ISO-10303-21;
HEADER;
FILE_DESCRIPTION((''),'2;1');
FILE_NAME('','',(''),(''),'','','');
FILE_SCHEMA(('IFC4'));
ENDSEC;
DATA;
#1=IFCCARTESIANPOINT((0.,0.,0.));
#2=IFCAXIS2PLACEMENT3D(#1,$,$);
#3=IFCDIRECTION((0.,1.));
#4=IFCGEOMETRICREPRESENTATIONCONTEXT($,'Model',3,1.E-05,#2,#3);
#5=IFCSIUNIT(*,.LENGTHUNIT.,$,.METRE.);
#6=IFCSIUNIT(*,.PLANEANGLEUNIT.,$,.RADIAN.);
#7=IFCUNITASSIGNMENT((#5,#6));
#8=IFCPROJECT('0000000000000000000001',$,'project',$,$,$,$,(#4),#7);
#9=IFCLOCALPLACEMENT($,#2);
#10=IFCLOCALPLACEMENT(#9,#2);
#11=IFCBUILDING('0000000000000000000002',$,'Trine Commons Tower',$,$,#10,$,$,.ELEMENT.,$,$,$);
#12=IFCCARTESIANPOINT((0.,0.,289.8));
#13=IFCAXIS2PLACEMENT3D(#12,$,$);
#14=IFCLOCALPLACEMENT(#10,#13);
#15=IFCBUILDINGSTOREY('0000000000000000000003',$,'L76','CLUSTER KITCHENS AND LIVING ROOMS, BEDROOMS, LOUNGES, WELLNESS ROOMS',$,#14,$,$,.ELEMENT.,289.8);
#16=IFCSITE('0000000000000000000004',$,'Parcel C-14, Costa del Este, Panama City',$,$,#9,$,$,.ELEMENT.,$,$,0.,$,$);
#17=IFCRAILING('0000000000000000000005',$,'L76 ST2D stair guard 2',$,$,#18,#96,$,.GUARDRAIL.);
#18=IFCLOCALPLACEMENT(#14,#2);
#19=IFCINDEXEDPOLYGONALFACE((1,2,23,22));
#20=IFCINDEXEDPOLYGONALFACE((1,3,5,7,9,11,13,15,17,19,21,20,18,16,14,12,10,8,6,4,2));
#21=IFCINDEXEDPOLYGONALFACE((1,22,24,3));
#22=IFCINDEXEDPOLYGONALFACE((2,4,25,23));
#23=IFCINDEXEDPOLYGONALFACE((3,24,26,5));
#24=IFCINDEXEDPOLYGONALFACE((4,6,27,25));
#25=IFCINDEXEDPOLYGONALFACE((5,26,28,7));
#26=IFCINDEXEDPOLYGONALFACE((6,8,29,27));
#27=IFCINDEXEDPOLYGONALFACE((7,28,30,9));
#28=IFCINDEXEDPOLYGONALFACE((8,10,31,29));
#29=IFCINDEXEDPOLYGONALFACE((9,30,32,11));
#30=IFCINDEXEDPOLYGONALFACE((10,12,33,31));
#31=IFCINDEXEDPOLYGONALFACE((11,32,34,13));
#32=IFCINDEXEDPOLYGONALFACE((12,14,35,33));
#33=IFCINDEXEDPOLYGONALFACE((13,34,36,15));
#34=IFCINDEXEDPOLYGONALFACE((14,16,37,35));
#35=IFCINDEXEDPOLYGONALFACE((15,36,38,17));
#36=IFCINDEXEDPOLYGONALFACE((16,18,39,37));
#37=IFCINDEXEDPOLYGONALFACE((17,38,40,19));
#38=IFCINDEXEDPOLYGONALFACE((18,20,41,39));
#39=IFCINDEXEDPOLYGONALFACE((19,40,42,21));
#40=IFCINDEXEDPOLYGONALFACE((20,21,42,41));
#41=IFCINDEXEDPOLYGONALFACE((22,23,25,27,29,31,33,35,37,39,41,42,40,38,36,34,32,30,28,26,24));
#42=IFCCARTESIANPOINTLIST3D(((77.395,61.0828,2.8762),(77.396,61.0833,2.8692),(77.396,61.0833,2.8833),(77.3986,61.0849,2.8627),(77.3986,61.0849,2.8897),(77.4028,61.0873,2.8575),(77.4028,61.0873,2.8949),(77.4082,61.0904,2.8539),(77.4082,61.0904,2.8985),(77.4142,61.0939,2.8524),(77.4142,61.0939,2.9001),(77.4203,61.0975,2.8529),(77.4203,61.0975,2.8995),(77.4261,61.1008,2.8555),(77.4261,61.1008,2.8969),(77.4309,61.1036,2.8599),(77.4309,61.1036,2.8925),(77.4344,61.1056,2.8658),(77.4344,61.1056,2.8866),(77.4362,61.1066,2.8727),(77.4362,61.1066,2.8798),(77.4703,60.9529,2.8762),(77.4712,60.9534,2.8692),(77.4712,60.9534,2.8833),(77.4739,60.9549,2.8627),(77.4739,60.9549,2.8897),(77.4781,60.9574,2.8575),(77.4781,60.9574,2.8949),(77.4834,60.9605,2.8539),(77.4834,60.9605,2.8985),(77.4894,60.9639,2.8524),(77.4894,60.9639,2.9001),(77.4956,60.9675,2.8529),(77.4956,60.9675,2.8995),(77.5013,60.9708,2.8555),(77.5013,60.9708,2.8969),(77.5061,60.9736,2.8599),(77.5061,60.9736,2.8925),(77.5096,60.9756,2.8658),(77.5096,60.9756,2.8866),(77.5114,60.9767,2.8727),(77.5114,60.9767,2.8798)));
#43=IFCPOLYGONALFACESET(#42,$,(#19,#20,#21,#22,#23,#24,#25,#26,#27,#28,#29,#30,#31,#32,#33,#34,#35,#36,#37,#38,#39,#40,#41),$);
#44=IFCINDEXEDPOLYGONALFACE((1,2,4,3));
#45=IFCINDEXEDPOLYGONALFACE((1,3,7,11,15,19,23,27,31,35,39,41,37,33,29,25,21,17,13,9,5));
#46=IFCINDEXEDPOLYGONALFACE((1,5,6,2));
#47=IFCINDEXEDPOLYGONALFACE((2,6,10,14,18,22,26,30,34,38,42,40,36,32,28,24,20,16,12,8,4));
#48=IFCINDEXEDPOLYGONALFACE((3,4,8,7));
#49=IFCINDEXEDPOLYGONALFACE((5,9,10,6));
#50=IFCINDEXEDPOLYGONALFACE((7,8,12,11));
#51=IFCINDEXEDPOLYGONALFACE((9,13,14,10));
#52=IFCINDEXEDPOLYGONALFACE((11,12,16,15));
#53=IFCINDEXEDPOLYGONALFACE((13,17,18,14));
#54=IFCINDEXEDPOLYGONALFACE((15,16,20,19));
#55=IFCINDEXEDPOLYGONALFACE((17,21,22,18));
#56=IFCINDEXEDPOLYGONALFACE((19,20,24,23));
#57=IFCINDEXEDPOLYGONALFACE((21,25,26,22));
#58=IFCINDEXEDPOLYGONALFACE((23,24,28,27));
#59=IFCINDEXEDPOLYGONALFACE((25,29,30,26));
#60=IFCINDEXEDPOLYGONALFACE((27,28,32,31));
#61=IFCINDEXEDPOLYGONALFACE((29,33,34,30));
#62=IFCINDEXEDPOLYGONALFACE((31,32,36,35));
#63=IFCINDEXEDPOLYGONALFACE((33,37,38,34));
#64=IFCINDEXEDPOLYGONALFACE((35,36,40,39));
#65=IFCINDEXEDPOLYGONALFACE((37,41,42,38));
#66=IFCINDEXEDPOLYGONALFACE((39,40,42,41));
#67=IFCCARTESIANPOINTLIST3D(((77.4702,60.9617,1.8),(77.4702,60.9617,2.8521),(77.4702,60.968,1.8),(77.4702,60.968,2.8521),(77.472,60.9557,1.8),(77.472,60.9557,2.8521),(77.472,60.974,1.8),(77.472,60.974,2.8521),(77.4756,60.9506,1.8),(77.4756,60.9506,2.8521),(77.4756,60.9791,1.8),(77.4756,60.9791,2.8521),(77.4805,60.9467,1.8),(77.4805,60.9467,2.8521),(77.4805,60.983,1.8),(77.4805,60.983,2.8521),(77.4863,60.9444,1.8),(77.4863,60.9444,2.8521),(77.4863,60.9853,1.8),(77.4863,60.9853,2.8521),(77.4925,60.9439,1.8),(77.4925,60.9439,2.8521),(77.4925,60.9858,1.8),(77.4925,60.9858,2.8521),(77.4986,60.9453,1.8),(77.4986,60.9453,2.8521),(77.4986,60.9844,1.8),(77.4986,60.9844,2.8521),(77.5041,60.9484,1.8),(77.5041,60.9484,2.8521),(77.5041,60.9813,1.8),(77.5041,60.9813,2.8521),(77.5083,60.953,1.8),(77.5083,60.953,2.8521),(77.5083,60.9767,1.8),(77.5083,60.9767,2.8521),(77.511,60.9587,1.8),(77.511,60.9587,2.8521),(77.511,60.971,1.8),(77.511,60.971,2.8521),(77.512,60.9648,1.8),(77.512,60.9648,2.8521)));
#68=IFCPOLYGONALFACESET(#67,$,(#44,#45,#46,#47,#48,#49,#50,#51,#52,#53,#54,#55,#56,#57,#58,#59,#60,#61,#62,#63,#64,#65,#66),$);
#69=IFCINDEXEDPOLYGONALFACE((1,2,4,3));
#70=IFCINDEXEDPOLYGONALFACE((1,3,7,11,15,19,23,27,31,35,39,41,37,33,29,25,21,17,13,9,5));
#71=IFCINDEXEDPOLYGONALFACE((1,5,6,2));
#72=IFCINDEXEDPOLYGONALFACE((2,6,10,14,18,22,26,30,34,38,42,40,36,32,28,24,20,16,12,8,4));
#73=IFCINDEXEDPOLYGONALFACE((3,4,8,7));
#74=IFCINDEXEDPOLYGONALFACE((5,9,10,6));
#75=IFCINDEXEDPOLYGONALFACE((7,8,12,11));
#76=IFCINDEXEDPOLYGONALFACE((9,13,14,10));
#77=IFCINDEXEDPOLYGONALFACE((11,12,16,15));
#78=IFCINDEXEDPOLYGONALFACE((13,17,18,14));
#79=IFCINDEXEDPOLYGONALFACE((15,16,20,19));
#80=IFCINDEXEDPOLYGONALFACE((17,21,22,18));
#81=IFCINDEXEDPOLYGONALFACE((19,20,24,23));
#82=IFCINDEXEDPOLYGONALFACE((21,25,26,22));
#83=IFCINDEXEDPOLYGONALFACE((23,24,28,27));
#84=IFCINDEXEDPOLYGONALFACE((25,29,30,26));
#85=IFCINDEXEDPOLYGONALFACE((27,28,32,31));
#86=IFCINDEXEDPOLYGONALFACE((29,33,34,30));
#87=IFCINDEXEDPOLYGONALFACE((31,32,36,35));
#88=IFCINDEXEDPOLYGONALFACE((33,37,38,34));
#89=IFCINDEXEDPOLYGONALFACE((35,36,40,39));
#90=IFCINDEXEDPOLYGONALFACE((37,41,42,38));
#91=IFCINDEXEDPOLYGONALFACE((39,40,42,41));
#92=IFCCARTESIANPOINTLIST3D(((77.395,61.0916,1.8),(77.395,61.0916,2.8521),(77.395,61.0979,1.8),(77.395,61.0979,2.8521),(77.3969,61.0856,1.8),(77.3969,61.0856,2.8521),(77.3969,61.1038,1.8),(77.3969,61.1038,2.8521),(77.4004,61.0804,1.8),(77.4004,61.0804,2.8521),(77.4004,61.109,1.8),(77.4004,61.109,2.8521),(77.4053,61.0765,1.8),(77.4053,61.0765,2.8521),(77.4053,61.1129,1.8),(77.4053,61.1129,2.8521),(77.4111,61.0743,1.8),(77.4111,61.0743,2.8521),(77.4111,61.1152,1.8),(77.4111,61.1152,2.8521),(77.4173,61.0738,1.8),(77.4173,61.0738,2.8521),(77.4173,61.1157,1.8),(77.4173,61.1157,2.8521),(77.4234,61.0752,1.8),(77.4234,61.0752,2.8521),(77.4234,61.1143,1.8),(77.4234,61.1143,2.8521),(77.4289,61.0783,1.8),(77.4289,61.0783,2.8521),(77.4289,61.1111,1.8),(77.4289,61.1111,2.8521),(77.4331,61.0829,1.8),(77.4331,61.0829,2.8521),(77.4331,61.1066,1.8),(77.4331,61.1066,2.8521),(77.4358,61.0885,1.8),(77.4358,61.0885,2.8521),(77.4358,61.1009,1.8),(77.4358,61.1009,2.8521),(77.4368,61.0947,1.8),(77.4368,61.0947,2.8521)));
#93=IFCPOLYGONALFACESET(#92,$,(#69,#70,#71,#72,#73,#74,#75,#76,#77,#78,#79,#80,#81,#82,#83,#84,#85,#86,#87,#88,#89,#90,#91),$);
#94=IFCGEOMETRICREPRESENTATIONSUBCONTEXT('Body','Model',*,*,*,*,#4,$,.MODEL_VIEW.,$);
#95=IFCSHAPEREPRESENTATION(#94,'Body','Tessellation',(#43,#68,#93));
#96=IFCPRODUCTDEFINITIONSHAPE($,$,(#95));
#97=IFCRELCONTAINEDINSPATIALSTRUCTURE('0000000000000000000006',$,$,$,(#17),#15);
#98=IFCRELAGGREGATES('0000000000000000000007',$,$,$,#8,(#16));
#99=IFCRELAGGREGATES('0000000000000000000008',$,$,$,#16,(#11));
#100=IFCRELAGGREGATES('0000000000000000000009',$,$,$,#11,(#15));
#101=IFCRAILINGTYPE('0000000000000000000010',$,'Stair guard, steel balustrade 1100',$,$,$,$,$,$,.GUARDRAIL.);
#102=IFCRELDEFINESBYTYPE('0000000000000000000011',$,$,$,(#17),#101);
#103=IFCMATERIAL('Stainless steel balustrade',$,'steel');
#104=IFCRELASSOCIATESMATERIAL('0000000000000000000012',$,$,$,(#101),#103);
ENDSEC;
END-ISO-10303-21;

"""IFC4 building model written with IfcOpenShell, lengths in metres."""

from ifc_helpers import new_model, si_unit, direction, frame, origin, origin_2d, place, context, subcontext, project, spatial, circle, extrude, material, type_object, element, save


model = new_model("IFC4")

# Units and contexts
model_context = context("Model", 3, precision=1e-05, world=origin(), true_north=direction((0.0, 1.0)))
body_context = subcontext(model_context, "Body", "Model", "MODEL_VIEW")
ifc_project = project(units=[si_unit("LENGTHUNIT", "METRE"), si_unit("PLANEANGLEUNIT", "RADIAN")], contexts=[model_context])

# Site, building, storey
site_placement = place(None, origin())
site = spatial("IfcSite", under=ifc_project, at=site_placement, Name="Parcel C-14, Costa del Este, Panama City", CompositionType="ELEMENT", RefElevation=0.0)
building_placement = place(site_placement, origin())
building = spatial("IfcBuilding", under=site, at=building_placement, Name="Trine Commons Tower", CompositionType="ELEMENT")
storey_placement = place(building_placement, frame((0.0, 0.0, 289.8)))
storey = spatial("IfcBuildingStorey", under=building, at=storey_placement, Name="L76", Description="CLUSTER KITCHENS AND LIVING ROOMS, BEDROOMS, LOUNGES, WELLNESS ROOMS", CompositionType="ELEMENT", Elevation=289.8)

# Railing
ifc_material_1 = material(Name="Stainless steel balustrade", Category="steel")
railing_type_1 = type_object("IfcRailingType", Name="Stair guard, steel balustrade 1100", PredefinedType="GUARDRAIL", material=ifc_material_1)
railing_1_placement = place(storey_placement, frame((77.491, 60.9648, 1.8)))
element("IfcRailing", 1, at=railing_1_placement, inside=storey, type_object=railing_type_1, Name="L76 ST2D stair guard 2", PredefinedType="GUARDRAIL", context=body_context, shape_type="SweptSolid", body=[
    extrude(circle(Radius=0.0239, at=origin_2d()), frame((0.0, 0.0, 1.0762), z_axis=(-0.501036, 0.865426, 0.0), x_axis=(-0.865426, -0.501036, 0.0)), (0.0, 0.0, 1.0), 0.1501),
    extrude(circle(Radius=0.021, at=origin_2d()), origin(), (0.0, 0.0, 1.0), 1.052),
    extrude(circle(Radius=0.021, at=origin_2d()), frame((-0.0752, 0.1299, 0.0)), (0.0, 0.0, 1.0), 1.052),
])

save(model, "model.ifc")
